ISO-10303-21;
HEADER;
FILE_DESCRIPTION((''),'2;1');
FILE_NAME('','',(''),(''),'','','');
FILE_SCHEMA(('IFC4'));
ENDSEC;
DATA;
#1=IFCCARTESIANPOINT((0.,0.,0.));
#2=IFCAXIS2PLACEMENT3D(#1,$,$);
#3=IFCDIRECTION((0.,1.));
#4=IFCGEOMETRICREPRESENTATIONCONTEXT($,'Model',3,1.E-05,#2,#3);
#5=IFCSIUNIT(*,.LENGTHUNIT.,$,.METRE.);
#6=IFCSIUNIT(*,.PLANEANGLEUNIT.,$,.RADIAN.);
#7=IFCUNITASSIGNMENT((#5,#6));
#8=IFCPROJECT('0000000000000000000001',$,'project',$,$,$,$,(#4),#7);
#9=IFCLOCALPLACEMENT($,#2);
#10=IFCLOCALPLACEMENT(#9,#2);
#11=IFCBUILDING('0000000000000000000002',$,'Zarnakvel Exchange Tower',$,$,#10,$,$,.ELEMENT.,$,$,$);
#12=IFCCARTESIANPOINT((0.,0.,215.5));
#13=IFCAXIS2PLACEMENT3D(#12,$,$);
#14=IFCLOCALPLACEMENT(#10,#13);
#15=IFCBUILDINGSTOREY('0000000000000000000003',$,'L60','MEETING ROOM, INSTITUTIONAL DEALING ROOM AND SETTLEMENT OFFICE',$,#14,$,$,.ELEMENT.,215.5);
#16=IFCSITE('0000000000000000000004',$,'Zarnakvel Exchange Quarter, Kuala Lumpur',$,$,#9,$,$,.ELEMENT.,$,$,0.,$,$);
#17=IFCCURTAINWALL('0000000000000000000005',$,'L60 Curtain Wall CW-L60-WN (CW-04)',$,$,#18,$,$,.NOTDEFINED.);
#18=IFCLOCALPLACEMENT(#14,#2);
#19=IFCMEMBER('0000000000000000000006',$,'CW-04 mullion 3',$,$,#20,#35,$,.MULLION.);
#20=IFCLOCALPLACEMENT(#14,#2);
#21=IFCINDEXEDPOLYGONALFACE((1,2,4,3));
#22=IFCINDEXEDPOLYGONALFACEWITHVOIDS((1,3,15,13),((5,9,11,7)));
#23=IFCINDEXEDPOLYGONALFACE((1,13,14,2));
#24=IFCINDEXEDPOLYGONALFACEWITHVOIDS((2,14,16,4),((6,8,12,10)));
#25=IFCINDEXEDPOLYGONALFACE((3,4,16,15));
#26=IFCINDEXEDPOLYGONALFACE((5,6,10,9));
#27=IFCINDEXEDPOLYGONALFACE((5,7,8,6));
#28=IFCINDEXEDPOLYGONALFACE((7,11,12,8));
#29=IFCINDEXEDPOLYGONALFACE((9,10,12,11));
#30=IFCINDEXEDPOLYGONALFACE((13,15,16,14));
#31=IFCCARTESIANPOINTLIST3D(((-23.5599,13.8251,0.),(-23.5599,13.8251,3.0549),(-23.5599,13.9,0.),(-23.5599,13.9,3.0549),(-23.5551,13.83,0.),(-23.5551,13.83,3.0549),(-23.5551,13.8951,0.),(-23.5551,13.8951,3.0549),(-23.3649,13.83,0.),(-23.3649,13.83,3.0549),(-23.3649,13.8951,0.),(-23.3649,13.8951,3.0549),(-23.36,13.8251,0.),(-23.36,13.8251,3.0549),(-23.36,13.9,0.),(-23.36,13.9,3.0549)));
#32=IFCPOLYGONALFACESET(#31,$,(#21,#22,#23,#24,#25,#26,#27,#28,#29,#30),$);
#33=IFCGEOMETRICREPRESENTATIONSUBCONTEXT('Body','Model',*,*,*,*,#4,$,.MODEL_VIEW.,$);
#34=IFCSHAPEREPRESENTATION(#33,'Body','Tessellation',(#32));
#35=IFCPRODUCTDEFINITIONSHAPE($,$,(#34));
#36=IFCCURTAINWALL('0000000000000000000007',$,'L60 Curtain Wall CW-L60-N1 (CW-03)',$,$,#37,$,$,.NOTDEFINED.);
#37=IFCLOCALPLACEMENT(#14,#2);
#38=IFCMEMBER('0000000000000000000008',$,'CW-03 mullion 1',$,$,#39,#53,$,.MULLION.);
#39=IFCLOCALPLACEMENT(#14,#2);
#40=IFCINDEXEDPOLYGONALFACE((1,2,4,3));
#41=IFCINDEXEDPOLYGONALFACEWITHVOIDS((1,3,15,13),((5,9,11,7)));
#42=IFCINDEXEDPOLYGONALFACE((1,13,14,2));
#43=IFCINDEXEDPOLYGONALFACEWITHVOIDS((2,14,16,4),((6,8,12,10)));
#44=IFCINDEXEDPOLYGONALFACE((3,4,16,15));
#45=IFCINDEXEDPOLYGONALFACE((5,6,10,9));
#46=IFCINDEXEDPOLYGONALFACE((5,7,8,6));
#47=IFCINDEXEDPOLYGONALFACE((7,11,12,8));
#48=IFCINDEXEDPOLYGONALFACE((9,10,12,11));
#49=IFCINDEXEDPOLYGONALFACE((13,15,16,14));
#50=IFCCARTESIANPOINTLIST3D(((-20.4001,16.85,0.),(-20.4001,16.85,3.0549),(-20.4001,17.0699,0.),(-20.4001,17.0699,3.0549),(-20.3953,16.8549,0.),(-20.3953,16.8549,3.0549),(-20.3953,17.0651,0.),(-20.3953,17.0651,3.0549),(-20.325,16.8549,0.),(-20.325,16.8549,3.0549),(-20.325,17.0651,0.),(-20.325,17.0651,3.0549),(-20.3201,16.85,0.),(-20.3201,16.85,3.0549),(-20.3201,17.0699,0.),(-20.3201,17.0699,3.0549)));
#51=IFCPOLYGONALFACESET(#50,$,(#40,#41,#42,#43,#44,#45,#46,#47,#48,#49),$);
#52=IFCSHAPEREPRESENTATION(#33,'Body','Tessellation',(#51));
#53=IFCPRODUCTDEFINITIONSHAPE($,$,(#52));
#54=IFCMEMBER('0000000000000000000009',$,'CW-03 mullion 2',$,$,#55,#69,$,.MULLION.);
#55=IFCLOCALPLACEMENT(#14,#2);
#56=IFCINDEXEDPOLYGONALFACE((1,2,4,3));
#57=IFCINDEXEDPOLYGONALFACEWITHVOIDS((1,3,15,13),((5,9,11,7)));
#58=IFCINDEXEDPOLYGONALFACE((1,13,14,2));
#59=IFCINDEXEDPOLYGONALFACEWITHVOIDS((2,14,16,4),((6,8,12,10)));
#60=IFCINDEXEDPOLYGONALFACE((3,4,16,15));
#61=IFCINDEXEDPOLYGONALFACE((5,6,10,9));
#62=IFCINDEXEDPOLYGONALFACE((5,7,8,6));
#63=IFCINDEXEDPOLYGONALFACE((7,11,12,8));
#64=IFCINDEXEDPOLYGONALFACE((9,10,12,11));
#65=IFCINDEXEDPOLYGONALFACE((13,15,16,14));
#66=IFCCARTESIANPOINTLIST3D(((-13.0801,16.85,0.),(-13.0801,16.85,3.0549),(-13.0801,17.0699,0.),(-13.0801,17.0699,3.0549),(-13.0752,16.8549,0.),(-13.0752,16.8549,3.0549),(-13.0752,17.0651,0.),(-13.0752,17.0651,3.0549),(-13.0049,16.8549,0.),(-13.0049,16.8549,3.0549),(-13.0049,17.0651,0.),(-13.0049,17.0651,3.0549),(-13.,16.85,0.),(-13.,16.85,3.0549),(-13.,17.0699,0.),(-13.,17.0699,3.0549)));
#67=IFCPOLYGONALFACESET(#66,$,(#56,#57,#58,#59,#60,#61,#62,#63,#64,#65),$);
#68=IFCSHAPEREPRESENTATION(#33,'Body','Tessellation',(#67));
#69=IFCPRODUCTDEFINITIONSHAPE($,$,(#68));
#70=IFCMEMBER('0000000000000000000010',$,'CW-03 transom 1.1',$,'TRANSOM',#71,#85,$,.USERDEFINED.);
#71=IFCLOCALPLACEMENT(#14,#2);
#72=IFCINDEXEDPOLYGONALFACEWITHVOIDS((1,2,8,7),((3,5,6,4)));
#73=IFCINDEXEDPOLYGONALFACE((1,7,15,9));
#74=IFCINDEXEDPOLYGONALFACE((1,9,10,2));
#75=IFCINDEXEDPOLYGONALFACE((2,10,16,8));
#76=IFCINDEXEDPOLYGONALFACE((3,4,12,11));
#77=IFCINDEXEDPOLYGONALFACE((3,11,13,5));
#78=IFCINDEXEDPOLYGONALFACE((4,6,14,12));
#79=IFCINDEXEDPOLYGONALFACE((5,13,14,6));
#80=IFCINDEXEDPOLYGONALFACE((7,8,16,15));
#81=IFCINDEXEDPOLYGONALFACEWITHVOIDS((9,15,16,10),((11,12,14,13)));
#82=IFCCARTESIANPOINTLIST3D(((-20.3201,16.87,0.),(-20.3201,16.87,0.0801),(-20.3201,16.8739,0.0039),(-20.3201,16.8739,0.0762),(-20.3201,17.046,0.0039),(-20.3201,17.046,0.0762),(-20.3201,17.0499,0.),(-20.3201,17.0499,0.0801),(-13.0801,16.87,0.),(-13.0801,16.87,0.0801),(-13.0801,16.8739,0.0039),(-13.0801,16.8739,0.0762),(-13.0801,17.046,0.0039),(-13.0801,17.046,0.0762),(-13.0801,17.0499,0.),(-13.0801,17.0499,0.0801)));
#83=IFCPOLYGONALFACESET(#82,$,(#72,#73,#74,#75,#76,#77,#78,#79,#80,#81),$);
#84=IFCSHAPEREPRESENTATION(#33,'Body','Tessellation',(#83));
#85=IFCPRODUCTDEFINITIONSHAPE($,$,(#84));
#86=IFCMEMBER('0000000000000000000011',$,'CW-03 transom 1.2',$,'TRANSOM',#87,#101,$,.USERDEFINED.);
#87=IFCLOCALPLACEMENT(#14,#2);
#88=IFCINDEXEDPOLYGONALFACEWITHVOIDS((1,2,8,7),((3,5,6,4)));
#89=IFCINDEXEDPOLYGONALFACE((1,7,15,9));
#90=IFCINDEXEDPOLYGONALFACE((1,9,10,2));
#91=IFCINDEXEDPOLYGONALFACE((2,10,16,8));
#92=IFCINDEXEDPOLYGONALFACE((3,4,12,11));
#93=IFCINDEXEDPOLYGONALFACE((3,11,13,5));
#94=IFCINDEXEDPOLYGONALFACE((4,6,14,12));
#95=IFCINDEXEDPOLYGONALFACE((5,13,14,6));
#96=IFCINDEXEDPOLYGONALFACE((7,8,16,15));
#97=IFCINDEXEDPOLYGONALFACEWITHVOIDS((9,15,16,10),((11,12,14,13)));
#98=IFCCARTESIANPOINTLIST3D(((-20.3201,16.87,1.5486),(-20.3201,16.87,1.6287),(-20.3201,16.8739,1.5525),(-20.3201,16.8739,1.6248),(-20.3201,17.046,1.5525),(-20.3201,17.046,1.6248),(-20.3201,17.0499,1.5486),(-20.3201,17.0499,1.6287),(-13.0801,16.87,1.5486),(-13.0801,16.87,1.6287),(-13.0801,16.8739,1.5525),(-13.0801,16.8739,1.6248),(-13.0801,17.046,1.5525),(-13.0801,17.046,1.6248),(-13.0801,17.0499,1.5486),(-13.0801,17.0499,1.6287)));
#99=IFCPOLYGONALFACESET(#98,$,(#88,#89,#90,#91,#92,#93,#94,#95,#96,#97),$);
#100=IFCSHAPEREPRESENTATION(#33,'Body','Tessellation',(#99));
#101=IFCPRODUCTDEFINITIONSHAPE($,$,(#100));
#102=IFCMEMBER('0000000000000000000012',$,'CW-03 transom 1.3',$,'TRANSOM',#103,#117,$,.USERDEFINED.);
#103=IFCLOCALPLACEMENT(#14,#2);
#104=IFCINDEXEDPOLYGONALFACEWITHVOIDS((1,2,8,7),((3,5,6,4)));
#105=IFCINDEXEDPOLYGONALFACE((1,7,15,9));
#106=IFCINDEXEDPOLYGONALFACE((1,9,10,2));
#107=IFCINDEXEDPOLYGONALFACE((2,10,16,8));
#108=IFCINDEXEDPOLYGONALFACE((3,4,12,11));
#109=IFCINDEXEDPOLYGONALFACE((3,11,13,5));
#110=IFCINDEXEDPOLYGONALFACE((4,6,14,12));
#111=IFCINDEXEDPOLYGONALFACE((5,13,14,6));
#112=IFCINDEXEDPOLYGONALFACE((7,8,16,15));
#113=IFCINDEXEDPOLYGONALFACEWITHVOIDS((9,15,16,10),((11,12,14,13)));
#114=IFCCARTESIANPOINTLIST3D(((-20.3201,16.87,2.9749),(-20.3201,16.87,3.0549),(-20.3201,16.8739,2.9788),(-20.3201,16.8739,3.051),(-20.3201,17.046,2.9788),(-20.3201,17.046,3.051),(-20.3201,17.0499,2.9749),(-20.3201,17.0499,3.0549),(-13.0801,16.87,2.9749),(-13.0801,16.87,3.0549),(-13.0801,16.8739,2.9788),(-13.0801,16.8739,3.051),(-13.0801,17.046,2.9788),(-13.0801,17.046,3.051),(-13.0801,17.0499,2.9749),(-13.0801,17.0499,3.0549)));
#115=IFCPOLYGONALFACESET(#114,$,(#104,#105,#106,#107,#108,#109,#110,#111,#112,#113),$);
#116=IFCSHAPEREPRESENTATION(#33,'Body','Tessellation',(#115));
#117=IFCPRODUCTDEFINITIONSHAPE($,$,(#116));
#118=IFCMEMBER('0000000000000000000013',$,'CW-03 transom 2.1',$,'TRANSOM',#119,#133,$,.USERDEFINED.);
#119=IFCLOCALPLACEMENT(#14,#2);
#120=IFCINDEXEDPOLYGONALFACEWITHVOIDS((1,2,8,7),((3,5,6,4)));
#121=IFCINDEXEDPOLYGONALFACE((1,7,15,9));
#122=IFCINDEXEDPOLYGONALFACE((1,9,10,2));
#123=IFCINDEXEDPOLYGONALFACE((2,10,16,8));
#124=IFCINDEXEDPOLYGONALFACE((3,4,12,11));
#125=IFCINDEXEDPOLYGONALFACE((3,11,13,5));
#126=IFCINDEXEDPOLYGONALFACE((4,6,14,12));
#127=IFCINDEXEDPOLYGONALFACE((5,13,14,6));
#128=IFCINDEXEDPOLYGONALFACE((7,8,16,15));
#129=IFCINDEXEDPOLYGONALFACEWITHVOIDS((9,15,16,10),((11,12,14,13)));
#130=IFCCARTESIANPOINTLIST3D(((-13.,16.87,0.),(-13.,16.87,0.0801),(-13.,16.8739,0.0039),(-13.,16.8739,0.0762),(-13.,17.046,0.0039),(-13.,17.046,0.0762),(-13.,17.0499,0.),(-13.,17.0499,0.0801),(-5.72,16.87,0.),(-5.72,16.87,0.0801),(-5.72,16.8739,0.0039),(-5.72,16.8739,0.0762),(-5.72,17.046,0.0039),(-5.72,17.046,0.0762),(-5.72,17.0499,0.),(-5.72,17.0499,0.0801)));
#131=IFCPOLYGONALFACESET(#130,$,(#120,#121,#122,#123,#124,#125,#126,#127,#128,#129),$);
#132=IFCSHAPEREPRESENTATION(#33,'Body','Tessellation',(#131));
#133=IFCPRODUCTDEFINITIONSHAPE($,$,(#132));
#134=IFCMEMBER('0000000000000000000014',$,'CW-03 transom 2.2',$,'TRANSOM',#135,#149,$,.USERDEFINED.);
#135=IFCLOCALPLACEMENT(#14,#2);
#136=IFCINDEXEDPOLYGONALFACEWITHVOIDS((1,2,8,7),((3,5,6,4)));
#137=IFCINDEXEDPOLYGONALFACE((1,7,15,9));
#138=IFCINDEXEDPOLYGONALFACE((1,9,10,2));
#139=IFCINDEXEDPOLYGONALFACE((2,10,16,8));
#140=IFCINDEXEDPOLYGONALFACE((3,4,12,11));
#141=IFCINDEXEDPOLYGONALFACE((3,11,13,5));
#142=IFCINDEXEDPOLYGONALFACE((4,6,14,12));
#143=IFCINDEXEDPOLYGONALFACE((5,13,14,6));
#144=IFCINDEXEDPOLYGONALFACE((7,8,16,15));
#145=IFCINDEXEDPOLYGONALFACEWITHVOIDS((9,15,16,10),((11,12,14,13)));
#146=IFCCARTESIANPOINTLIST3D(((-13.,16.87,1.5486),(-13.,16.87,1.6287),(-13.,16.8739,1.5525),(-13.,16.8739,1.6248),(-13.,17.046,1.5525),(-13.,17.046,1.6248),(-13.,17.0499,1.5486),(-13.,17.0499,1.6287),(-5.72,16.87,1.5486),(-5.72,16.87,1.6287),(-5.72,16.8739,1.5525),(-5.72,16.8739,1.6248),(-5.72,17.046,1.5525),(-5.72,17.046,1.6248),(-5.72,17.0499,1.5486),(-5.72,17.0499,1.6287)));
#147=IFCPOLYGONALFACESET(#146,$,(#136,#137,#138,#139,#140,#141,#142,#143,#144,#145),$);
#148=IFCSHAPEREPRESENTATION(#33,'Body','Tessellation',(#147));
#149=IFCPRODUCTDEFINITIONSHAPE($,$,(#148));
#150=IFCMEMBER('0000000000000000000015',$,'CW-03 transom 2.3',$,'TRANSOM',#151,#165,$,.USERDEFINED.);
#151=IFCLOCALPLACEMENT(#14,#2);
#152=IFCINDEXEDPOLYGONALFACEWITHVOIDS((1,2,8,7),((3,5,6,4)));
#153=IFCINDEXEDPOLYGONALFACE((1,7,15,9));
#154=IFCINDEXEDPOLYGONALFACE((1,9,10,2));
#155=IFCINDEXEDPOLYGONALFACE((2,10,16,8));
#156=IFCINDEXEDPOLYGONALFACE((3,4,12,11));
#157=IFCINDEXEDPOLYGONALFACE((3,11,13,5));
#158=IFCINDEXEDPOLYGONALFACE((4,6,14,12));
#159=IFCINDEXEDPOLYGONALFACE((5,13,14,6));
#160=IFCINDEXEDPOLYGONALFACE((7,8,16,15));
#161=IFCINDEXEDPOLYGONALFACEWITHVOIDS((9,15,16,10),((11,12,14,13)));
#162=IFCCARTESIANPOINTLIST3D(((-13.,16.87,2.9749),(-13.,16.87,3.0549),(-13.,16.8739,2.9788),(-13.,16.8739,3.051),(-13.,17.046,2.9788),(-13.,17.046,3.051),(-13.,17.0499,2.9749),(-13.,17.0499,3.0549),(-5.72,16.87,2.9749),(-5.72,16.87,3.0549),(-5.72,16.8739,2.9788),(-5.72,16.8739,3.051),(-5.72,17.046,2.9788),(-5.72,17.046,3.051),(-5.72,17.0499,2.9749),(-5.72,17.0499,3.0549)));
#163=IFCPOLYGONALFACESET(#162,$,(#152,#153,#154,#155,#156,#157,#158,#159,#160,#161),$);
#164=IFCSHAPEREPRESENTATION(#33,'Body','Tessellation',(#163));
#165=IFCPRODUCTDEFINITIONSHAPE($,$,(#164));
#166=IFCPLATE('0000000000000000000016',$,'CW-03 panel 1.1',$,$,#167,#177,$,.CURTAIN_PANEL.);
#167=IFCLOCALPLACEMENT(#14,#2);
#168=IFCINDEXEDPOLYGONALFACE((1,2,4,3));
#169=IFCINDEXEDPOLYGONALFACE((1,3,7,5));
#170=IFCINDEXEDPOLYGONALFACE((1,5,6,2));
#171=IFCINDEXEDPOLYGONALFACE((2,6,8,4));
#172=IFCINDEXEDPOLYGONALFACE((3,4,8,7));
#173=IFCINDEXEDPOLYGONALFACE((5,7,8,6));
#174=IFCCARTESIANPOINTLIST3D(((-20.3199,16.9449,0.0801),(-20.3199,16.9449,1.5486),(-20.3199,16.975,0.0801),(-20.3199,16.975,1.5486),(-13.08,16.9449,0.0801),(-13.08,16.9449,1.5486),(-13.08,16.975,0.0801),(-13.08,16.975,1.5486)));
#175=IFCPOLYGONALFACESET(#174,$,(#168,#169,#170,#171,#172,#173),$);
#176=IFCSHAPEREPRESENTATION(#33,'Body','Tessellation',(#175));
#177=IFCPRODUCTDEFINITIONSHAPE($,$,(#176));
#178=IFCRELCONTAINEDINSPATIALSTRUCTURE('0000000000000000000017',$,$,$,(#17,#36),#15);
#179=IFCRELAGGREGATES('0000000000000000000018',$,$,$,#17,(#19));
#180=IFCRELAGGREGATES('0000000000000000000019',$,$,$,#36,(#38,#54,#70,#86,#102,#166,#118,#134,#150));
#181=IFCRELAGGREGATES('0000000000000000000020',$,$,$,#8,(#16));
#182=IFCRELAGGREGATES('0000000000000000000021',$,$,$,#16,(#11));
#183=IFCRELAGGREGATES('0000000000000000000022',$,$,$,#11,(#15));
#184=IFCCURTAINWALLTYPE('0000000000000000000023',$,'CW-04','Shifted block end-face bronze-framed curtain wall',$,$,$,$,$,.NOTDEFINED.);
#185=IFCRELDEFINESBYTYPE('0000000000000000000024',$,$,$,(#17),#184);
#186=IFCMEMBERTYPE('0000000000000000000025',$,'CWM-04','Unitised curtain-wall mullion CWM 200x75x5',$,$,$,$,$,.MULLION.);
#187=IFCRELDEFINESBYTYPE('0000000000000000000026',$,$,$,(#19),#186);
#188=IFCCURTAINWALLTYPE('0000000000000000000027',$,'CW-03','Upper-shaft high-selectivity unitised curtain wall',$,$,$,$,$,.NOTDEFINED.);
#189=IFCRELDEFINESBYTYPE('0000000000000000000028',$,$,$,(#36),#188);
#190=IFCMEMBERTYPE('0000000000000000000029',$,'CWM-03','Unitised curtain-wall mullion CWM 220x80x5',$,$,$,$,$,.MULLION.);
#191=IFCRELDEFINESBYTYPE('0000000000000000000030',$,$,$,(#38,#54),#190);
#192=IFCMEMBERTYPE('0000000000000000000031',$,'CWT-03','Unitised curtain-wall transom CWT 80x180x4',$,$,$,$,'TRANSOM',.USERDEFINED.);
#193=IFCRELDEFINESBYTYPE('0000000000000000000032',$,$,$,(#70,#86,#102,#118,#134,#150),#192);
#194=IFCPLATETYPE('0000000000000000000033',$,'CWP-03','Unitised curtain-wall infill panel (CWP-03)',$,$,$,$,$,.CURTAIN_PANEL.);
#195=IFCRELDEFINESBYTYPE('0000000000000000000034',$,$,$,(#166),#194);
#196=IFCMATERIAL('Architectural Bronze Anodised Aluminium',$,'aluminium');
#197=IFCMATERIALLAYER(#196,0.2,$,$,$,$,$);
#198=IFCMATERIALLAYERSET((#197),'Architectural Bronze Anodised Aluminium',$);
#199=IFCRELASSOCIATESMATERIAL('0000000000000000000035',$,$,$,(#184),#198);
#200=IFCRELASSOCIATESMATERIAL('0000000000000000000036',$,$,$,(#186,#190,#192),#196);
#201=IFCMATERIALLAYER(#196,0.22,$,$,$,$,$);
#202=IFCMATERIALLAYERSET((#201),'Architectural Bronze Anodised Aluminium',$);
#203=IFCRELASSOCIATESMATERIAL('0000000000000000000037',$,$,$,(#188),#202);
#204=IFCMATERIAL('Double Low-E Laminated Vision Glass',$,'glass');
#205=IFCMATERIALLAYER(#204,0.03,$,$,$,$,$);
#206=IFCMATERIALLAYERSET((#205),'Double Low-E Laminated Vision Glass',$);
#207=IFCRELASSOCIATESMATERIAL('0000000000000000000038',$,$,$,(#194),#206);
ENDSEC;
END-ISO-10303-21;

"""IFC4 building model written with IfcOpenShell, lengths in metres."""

from ifc_helpers import new_model, si_unit, direction, frame, origin, origin_2d, place, context, subcontext, project, spatial, rectangle, hollow_rectangle, extrude, source, transform, mapped, material, layer, layer_set, material_profile, profile_set, type_object, element, aggregate, save


model = new_model("IFC4")

# Units and contexts
model_context = context("Model", 3, precision=1e-05, world=origin(), true_north=direction((0.0, 1.0)))
body_context = subcontext(model_context, "Body", "Model", "MODEL_VIEW")
ifc_project = project(units=[si_unit("LENGTHUNIT", "METRE"), si_unit("PLANEANGLEUNIT", "RADIAN")], contexts=[model_context])

# Site, building, storey
site_placement = place(None, origin())
site = spatial("IfcSite", under=ifc_project, at=site_placement, Name="Zarnakvel Exchange Quarter, Kuala Lumpur", CompositionType="ELEMENT", RefElevation=0.0)
building_placement = place(site_placement, origin())
building = spatial("IfcBuilding", under=site, at=building_placement, Name="Zarnakvel Exchange Tower", CompositionType="ELEMENT")
storey_placement = place(building_placement, frame((0.0, 0.0, 215.5)))
storey = spatial("IfcBuildingStorey", under=building, at=storey_placement, Name="L60", Description="MEETING ROOM, INSTITUTIONAL DEALING ROOM AND SETTLEMENT OFFICE", CompositionType="ELEMENT", Elevation=215.5)

# Curtain wall, member
ifc_material_1 = material(Name="Architectural Bronze Anodised Aluminium", Category="aluminium")
ifc_layer_1 = layer(ifc_material_1, 0.2)
ifc_layer_set_1 = layer_set([ifc_layer_1], Name="Architectural Bronze Anodised Aluminium")
curtain_wall_type_1 = type_object("IfcCurtainWallType", Name="CW-04", Description="Shifted block end-face bronze-framed curtain wall", PredefinedType="NOTDEFINED", material=ifc_layer_set_1)
curtain_wall_1_placement = place(storey_placement, origin())
curtain_wall_1 = element("IfcCurtainWall", 1, at=curtain_wall_1_placement, inside=storey, type_object=curtain_wall_type_1, Name="L60 Curtain Wall CW-L60-WN (CW-04)", PredefinedType="NOTDEFINED")
ifc_material_profile_1 = material_profile(ifc_material_1, hollow_rectangle(XDim=0.2, YDim=0.075, WallThickness=0.0049, at=origin_2d()))
ifc_profile_set_1 = profile_set([ifc_material_profile_1], Name="Architectural Bronze Anodised Aluminium")
member_type_1 = type_object("IfcMemberType", Name="CWM-04", Description="Unitised curtain-wall mullion CWM 200x75x5", PredefinedType="MULLION", material=ifc_profile_set_1)
shared_shape_1 = source(origin(), body_context, "Body", "SweptSolid", [
    extrude(hollow_rectangle(XDim=0.2, YDim=0.075, WallThickness=0.0049, at=origin_2d()), origin(), (0.0, 0.0, 1.0), 3.0549),
])
member_1_placement = place(storey_placement, frame((-23.46, 13.8625, 0.0), z_axis=(0.0, 0.0, 1.0), x_axis=(-1.0, 0.0, 0.0)))
member_1 = element("IfcMember", 2, at=member_1_placement, type_object=member_type_1, Name="CW-04 mullion 3", PredefinedType="MULLION", context=body_context, shape_type="MappedRepresentation", body=[
    mapped(shared_shape_1, transform((0.0, 0.0, 0.0), x_axis=(1.0, 0.0, 0.0), y_axis=(0.0, 1.0, 0.0), z_axis=(0.0, 0.0, 1.0), scale=1.0)),
])
aggregate(curtain_wall_1, [member_1])

# Curtain wall, members, plate
ifc_layer_2 = layer(ifc_material_1, 0.22)
ifc_layer_set_2 = layer_set([ifc_layer_2], Name="Architectural Bronze Anodised Aluminium")
curtain_wall_type_2 = type_object("IfcCurtainWallType", Name="CW-03", Description="Upper-shaft high-selectivity unitised curtain wall", PredefinedType="NOTDEFINED", material=ifc_layer_set_2)
curtain_wall_2_placement = place(storey_placement, origin())
curtain_wall_2 = element("IfcCurtainWall", 3, at=curtain_wall_2_placement, inside=storey, type_object=curtain_wall_type_2, Name="L60 Curtain Wall CW-L60-N1 (CW-03)", PredefinedType="NOTDEFINED")
ifc_material_profile_2 = material_profile(ifc_material_1, hollow_rectangle(XDim=0.22, YDim=0.0801, WallThickness=0.0049, at=origin_2d()))
ifc_profile_set_2 = profile_set([ifc_material_profile_2], Name="Architectural Bronze Anodised Aluminium")
member_type_2 = type_object("IfcMemberType", Name="CWM-03", Description="Unitised curtain-wall mullion CWM 220x80x5", PredefinedType="MULLION", material=ifc_profile_set_2)
shared_shape_2 = source(origin(), body_context, "Body", "SweptSolid", [
    extrude(hollow_rectangle(XDim=0.22, YDim=0.0801, WallThickness=0.0049, at=origin_2d()), origin(), (0.0, 0.0, 1.0), 3.0549),
])
member_2_placement = place(storey_placement, frame((-20.3601, 16.96, 0.0), z_axis=(0.0, 0.0, 1.0), x_axis=(0.0, 1.0, 0.0)))
member_2 = element("IfcMember", 4, at=member_2_placement, type_object=member_type_2, Name="CW-03 mullion 1", PredefinedType="MULLION", context=body_context, shape_type="MappedRepresentation", body=[
    mapped(shared_shape_2, transform((0.0, 0.0, 0.0), x_axis=(1.0, 0.0, 0.0), y_axis=(0.0, 1.0, 0.0), z_axis=(0.0, 0.0, 1.0), scale=1.0)),
])
member_3_placement = place(storey_placement, frame((-13.04, 16.96, 0.0), z_axis=(0.0, 0.0, 1.0), x_axis=(0.0, 1.0, 0.0)))
member_3 = element("IfcMember", 5, at=member_3_placement, type_object=member_type_2, Name="CW-03 mullion 2", PredefinedType="MULLION", context=body_context, shape_type="MappedRepresentation", body=[
    mapped(shared_shape_2, transform((0.0, 0.0, 0.0), x_axis=(1.0, 0.0, 0.0), y_axis=(0.0, 1.0, 0.0), z_axis=(0.0, 0.0, 1.0), scale=1.0)),
])
ifc_material_profile_3 = material_profile(ifc_material_1, hollow_rectangle(XDim=0.1799, YDim=0.0801, WallThickness=0.0039, at=origin_2d()))
ifc_profile_set_3 = profile_set([ifc_material_profile_3], Name="Architectural Bronze Anodised Aluminium")
member_type_3 = type_object("IfcMemberType", Name="CWT-03", Description="Unitised curtain-wall transom CWT 80x180x4", ElementType="TRANSOM", PredefinedType="USERDEFINED", material=ifc_profile_set_3)
shared_shape_3 = source(origin(), body_context, "Body", "SweptSolid", [
    extrude(hollow_rectangle(XDim=0.1799, YDim=0.0801, WallThickness=0.0039, at=origin_2d()), origin(), (0.0, 0.0, 1.0), 7.24),
])
member_4_placement = place(storey_placement, frame((-20.3201, 16.96, 0.04), z_axis=(1.0, 0.0, 0.0), x_axis=(0.0, 1.0, 0.0)))
member_4 = element("IfcMember", 6, at=member_4_placement, type_object=member_type_3, Name="CW-03 transom 1.1", ObjectType="TRANSOM", PredefinedType="USERDEFINED", context=body_context, shape_type="MappedRepresentation", body=[
    mapped(shared_shape_3, transform((0.0, 0.0, 0.0), x_axis=(1.0, 0.0, 0.0), y_axis=(0.0, 1.0, 0.0), z_axis=(0.0, 0.0, 1.0), scale=1.0)),
])
member_5_placement = place(storey_placement, frame((-20.3201, 16.96, 1.5886), z_axis=(1.0, 0.0, 0.0), x_axis=(0.0, 1.0, 0.0)))
member_5 = element("IfcMember", 7, at=member_5_placement, type_object=member_type_3, Name="CW-03 transom 1.2", ObjectType="TRANSOM", PredefinedType="USERDEFINED", context=body_context, shape_type="MappedRepresentation", body=[
    mapped(shared_shape_3, transform((0.0, 0.0, 0.0), x_axis=(1.0, 0.0, 0.0), y_axis=(0.0, 1.0, 0.0), z_axis=(0.0, 0.0, 1.0), scale=1.0)),
])
member_6_placement = place(storey_placement, frame((-20.3201, 16.96, 3.0149), z_axis=(1.0, 0.0, 0.0), x_axis=(0.0, 1.0, 0.0)))
member_6 = element("IfcMember", 8, at=member_6_placement, type_object=member_type_3, Name="CW-03 transom 1.3", ObjectType="TRANSOM", PredefinedType="USERDEFINED", context=body_context, shape_type="MappedRepresentation", body=[
    mapped(shared_shape_3, transform((0.0, 0.0, 0.0), x_axis=(1.0, 0.0, 0.0), y_axis=(0.0, 1.0, 0.0), z_axis=(0.0, 0.0, 1.0), scale=1.0)),
])
shared_shape_4 = source(origin(), body_context, "Body", "SweptSolid", [
    extrude(hollow_rectangle(XDim=0.1799, YDim=0.0801, WallThickness=0.0039, at=origin_2d()), origin(), (0.0, 0.0, 1.0), 7.28),
])
member_7_placement = place(storey_placement, frame((-13.0, 16.96, 0.04), z_axis=(1.0, 0.0, 0.0), x_axis=(0.0, 1.0, 0.0)))
member_7 = element("IfcMember", 9, at=member_7_placement, type_object=member_type_3, Name="CW-03 transom 2.1", ObjectType="TRANSOM", PredefinedType="USERDEFINED", context=body_context, shape_type="MappedRepresentation", body=[
    mapped(shared_shape_4, transform((0.0, 0.0, 0.0), x_axis=(1.0, 0.0, 0.0), y_axis=(0.0, 1.0, 0.0), z_axis=(0.0, 0.0, 1.0), scale=1.0)),
])
member_8_placement = place(storey_placement, frame((-13.0, 16.96, 1.5886), z_axis=(1.0, 0.0, 0.0), x_axis=(0.0, 1.0, 0.0)))
member_8 = element("IfcMember", 10, at=member_8_placement, type_object=member_type_3, Name="CW-03 transom 2.2", ObjectType="TRANSOM", PredefinedType="USERDEFINED", context=body_context, shape_type="MappedRepresentation", body=[
    mapped(shared_shape_4, transform((0.0, 0.0, 0.0), x_axis=(1.0, 0.0, 0.0), y_axis=(0.0, 1.0, 0.0), z_axis=(0.0, 0.0, 1.0), scale=1.0)),
])
member_9_placement = place(storey_placement, frame((-13.0, 16.96, 3.0149), z_axis=(1.0, 0.0, 0.0), x_axis=(0.0, 1.0, 0.0)))
member_9 = element("IfcMember", 11, at=member_9_placement, type_object=member_type_3, Name="CW-03 transom 2.3", ObjectType="TRANSOM", PredefinedType="USERDEFINED", context=body_context, shape_type="MappedRepresentation", body=[
    mapped(shared_shape_4, transform((0.0, 0.0, 0.0), x_axis=(1.0, 0.0, 0.0), y_axis=(0.0, 1.0, 0.0), z_axis=(0.0, 0.0, 1.0), scale=1.0)),
])
ifc_material_2 = material(Name="Double Low-E Laminated Vision Glass", Category="glass")
ifc_layer_3 = layer(ifc_material_2, 0.03)
ifc_layer_set_3 = layer_set([ifc_layer_3], Name="Double Low-E Laminated Vision Glass")
plate_type = type_object("IfcPlateType", Name="CWP-03", Description="Unitised curtain-wall infill panel (CWP-03)", PredefinedType="CURTAIN_PANEL", material=ifc_layer_set_3)
shared_shape_5 = source(origin(), body_context, "Body", "SweptSolid", [
    extrude(rectangle(XDim=7.24, YDim=0.03, at=origin_2d()), origin(), (0.0, 0.0, 1.0), 1.4685),
])
plate_1_placement = place(storey_placement, frame((-16.7, 16.96, 0.0801), z_axis=(0.0, 0.0, 1.0), x_axis=(1.0, 0.0, 0.0)))
plate_1 = element("IfcPlate", 12, at=plate_1_placement, type_object=plate_type, Name="CW-03 panel 1.1", PredefinedType="CURTAIN_PANEL", context=body_context, shape_type="MappedRepresentation", body=[
    mapped(shared_shape_5, transform((0.0, 0.0, 0.0), x_axis=(1.0, 0.0, 0.0), y_axis=(0.0, 1.0, 0.0), z_axis=(0.0, 0.0, 1.0), scale=1.0)),
])
aggregate(curtain_wall_2, [member_2, member_3, member_4, member_5, member_6, plate_1, member_7, member_8, member_9])

save(model, "model.ifc")
